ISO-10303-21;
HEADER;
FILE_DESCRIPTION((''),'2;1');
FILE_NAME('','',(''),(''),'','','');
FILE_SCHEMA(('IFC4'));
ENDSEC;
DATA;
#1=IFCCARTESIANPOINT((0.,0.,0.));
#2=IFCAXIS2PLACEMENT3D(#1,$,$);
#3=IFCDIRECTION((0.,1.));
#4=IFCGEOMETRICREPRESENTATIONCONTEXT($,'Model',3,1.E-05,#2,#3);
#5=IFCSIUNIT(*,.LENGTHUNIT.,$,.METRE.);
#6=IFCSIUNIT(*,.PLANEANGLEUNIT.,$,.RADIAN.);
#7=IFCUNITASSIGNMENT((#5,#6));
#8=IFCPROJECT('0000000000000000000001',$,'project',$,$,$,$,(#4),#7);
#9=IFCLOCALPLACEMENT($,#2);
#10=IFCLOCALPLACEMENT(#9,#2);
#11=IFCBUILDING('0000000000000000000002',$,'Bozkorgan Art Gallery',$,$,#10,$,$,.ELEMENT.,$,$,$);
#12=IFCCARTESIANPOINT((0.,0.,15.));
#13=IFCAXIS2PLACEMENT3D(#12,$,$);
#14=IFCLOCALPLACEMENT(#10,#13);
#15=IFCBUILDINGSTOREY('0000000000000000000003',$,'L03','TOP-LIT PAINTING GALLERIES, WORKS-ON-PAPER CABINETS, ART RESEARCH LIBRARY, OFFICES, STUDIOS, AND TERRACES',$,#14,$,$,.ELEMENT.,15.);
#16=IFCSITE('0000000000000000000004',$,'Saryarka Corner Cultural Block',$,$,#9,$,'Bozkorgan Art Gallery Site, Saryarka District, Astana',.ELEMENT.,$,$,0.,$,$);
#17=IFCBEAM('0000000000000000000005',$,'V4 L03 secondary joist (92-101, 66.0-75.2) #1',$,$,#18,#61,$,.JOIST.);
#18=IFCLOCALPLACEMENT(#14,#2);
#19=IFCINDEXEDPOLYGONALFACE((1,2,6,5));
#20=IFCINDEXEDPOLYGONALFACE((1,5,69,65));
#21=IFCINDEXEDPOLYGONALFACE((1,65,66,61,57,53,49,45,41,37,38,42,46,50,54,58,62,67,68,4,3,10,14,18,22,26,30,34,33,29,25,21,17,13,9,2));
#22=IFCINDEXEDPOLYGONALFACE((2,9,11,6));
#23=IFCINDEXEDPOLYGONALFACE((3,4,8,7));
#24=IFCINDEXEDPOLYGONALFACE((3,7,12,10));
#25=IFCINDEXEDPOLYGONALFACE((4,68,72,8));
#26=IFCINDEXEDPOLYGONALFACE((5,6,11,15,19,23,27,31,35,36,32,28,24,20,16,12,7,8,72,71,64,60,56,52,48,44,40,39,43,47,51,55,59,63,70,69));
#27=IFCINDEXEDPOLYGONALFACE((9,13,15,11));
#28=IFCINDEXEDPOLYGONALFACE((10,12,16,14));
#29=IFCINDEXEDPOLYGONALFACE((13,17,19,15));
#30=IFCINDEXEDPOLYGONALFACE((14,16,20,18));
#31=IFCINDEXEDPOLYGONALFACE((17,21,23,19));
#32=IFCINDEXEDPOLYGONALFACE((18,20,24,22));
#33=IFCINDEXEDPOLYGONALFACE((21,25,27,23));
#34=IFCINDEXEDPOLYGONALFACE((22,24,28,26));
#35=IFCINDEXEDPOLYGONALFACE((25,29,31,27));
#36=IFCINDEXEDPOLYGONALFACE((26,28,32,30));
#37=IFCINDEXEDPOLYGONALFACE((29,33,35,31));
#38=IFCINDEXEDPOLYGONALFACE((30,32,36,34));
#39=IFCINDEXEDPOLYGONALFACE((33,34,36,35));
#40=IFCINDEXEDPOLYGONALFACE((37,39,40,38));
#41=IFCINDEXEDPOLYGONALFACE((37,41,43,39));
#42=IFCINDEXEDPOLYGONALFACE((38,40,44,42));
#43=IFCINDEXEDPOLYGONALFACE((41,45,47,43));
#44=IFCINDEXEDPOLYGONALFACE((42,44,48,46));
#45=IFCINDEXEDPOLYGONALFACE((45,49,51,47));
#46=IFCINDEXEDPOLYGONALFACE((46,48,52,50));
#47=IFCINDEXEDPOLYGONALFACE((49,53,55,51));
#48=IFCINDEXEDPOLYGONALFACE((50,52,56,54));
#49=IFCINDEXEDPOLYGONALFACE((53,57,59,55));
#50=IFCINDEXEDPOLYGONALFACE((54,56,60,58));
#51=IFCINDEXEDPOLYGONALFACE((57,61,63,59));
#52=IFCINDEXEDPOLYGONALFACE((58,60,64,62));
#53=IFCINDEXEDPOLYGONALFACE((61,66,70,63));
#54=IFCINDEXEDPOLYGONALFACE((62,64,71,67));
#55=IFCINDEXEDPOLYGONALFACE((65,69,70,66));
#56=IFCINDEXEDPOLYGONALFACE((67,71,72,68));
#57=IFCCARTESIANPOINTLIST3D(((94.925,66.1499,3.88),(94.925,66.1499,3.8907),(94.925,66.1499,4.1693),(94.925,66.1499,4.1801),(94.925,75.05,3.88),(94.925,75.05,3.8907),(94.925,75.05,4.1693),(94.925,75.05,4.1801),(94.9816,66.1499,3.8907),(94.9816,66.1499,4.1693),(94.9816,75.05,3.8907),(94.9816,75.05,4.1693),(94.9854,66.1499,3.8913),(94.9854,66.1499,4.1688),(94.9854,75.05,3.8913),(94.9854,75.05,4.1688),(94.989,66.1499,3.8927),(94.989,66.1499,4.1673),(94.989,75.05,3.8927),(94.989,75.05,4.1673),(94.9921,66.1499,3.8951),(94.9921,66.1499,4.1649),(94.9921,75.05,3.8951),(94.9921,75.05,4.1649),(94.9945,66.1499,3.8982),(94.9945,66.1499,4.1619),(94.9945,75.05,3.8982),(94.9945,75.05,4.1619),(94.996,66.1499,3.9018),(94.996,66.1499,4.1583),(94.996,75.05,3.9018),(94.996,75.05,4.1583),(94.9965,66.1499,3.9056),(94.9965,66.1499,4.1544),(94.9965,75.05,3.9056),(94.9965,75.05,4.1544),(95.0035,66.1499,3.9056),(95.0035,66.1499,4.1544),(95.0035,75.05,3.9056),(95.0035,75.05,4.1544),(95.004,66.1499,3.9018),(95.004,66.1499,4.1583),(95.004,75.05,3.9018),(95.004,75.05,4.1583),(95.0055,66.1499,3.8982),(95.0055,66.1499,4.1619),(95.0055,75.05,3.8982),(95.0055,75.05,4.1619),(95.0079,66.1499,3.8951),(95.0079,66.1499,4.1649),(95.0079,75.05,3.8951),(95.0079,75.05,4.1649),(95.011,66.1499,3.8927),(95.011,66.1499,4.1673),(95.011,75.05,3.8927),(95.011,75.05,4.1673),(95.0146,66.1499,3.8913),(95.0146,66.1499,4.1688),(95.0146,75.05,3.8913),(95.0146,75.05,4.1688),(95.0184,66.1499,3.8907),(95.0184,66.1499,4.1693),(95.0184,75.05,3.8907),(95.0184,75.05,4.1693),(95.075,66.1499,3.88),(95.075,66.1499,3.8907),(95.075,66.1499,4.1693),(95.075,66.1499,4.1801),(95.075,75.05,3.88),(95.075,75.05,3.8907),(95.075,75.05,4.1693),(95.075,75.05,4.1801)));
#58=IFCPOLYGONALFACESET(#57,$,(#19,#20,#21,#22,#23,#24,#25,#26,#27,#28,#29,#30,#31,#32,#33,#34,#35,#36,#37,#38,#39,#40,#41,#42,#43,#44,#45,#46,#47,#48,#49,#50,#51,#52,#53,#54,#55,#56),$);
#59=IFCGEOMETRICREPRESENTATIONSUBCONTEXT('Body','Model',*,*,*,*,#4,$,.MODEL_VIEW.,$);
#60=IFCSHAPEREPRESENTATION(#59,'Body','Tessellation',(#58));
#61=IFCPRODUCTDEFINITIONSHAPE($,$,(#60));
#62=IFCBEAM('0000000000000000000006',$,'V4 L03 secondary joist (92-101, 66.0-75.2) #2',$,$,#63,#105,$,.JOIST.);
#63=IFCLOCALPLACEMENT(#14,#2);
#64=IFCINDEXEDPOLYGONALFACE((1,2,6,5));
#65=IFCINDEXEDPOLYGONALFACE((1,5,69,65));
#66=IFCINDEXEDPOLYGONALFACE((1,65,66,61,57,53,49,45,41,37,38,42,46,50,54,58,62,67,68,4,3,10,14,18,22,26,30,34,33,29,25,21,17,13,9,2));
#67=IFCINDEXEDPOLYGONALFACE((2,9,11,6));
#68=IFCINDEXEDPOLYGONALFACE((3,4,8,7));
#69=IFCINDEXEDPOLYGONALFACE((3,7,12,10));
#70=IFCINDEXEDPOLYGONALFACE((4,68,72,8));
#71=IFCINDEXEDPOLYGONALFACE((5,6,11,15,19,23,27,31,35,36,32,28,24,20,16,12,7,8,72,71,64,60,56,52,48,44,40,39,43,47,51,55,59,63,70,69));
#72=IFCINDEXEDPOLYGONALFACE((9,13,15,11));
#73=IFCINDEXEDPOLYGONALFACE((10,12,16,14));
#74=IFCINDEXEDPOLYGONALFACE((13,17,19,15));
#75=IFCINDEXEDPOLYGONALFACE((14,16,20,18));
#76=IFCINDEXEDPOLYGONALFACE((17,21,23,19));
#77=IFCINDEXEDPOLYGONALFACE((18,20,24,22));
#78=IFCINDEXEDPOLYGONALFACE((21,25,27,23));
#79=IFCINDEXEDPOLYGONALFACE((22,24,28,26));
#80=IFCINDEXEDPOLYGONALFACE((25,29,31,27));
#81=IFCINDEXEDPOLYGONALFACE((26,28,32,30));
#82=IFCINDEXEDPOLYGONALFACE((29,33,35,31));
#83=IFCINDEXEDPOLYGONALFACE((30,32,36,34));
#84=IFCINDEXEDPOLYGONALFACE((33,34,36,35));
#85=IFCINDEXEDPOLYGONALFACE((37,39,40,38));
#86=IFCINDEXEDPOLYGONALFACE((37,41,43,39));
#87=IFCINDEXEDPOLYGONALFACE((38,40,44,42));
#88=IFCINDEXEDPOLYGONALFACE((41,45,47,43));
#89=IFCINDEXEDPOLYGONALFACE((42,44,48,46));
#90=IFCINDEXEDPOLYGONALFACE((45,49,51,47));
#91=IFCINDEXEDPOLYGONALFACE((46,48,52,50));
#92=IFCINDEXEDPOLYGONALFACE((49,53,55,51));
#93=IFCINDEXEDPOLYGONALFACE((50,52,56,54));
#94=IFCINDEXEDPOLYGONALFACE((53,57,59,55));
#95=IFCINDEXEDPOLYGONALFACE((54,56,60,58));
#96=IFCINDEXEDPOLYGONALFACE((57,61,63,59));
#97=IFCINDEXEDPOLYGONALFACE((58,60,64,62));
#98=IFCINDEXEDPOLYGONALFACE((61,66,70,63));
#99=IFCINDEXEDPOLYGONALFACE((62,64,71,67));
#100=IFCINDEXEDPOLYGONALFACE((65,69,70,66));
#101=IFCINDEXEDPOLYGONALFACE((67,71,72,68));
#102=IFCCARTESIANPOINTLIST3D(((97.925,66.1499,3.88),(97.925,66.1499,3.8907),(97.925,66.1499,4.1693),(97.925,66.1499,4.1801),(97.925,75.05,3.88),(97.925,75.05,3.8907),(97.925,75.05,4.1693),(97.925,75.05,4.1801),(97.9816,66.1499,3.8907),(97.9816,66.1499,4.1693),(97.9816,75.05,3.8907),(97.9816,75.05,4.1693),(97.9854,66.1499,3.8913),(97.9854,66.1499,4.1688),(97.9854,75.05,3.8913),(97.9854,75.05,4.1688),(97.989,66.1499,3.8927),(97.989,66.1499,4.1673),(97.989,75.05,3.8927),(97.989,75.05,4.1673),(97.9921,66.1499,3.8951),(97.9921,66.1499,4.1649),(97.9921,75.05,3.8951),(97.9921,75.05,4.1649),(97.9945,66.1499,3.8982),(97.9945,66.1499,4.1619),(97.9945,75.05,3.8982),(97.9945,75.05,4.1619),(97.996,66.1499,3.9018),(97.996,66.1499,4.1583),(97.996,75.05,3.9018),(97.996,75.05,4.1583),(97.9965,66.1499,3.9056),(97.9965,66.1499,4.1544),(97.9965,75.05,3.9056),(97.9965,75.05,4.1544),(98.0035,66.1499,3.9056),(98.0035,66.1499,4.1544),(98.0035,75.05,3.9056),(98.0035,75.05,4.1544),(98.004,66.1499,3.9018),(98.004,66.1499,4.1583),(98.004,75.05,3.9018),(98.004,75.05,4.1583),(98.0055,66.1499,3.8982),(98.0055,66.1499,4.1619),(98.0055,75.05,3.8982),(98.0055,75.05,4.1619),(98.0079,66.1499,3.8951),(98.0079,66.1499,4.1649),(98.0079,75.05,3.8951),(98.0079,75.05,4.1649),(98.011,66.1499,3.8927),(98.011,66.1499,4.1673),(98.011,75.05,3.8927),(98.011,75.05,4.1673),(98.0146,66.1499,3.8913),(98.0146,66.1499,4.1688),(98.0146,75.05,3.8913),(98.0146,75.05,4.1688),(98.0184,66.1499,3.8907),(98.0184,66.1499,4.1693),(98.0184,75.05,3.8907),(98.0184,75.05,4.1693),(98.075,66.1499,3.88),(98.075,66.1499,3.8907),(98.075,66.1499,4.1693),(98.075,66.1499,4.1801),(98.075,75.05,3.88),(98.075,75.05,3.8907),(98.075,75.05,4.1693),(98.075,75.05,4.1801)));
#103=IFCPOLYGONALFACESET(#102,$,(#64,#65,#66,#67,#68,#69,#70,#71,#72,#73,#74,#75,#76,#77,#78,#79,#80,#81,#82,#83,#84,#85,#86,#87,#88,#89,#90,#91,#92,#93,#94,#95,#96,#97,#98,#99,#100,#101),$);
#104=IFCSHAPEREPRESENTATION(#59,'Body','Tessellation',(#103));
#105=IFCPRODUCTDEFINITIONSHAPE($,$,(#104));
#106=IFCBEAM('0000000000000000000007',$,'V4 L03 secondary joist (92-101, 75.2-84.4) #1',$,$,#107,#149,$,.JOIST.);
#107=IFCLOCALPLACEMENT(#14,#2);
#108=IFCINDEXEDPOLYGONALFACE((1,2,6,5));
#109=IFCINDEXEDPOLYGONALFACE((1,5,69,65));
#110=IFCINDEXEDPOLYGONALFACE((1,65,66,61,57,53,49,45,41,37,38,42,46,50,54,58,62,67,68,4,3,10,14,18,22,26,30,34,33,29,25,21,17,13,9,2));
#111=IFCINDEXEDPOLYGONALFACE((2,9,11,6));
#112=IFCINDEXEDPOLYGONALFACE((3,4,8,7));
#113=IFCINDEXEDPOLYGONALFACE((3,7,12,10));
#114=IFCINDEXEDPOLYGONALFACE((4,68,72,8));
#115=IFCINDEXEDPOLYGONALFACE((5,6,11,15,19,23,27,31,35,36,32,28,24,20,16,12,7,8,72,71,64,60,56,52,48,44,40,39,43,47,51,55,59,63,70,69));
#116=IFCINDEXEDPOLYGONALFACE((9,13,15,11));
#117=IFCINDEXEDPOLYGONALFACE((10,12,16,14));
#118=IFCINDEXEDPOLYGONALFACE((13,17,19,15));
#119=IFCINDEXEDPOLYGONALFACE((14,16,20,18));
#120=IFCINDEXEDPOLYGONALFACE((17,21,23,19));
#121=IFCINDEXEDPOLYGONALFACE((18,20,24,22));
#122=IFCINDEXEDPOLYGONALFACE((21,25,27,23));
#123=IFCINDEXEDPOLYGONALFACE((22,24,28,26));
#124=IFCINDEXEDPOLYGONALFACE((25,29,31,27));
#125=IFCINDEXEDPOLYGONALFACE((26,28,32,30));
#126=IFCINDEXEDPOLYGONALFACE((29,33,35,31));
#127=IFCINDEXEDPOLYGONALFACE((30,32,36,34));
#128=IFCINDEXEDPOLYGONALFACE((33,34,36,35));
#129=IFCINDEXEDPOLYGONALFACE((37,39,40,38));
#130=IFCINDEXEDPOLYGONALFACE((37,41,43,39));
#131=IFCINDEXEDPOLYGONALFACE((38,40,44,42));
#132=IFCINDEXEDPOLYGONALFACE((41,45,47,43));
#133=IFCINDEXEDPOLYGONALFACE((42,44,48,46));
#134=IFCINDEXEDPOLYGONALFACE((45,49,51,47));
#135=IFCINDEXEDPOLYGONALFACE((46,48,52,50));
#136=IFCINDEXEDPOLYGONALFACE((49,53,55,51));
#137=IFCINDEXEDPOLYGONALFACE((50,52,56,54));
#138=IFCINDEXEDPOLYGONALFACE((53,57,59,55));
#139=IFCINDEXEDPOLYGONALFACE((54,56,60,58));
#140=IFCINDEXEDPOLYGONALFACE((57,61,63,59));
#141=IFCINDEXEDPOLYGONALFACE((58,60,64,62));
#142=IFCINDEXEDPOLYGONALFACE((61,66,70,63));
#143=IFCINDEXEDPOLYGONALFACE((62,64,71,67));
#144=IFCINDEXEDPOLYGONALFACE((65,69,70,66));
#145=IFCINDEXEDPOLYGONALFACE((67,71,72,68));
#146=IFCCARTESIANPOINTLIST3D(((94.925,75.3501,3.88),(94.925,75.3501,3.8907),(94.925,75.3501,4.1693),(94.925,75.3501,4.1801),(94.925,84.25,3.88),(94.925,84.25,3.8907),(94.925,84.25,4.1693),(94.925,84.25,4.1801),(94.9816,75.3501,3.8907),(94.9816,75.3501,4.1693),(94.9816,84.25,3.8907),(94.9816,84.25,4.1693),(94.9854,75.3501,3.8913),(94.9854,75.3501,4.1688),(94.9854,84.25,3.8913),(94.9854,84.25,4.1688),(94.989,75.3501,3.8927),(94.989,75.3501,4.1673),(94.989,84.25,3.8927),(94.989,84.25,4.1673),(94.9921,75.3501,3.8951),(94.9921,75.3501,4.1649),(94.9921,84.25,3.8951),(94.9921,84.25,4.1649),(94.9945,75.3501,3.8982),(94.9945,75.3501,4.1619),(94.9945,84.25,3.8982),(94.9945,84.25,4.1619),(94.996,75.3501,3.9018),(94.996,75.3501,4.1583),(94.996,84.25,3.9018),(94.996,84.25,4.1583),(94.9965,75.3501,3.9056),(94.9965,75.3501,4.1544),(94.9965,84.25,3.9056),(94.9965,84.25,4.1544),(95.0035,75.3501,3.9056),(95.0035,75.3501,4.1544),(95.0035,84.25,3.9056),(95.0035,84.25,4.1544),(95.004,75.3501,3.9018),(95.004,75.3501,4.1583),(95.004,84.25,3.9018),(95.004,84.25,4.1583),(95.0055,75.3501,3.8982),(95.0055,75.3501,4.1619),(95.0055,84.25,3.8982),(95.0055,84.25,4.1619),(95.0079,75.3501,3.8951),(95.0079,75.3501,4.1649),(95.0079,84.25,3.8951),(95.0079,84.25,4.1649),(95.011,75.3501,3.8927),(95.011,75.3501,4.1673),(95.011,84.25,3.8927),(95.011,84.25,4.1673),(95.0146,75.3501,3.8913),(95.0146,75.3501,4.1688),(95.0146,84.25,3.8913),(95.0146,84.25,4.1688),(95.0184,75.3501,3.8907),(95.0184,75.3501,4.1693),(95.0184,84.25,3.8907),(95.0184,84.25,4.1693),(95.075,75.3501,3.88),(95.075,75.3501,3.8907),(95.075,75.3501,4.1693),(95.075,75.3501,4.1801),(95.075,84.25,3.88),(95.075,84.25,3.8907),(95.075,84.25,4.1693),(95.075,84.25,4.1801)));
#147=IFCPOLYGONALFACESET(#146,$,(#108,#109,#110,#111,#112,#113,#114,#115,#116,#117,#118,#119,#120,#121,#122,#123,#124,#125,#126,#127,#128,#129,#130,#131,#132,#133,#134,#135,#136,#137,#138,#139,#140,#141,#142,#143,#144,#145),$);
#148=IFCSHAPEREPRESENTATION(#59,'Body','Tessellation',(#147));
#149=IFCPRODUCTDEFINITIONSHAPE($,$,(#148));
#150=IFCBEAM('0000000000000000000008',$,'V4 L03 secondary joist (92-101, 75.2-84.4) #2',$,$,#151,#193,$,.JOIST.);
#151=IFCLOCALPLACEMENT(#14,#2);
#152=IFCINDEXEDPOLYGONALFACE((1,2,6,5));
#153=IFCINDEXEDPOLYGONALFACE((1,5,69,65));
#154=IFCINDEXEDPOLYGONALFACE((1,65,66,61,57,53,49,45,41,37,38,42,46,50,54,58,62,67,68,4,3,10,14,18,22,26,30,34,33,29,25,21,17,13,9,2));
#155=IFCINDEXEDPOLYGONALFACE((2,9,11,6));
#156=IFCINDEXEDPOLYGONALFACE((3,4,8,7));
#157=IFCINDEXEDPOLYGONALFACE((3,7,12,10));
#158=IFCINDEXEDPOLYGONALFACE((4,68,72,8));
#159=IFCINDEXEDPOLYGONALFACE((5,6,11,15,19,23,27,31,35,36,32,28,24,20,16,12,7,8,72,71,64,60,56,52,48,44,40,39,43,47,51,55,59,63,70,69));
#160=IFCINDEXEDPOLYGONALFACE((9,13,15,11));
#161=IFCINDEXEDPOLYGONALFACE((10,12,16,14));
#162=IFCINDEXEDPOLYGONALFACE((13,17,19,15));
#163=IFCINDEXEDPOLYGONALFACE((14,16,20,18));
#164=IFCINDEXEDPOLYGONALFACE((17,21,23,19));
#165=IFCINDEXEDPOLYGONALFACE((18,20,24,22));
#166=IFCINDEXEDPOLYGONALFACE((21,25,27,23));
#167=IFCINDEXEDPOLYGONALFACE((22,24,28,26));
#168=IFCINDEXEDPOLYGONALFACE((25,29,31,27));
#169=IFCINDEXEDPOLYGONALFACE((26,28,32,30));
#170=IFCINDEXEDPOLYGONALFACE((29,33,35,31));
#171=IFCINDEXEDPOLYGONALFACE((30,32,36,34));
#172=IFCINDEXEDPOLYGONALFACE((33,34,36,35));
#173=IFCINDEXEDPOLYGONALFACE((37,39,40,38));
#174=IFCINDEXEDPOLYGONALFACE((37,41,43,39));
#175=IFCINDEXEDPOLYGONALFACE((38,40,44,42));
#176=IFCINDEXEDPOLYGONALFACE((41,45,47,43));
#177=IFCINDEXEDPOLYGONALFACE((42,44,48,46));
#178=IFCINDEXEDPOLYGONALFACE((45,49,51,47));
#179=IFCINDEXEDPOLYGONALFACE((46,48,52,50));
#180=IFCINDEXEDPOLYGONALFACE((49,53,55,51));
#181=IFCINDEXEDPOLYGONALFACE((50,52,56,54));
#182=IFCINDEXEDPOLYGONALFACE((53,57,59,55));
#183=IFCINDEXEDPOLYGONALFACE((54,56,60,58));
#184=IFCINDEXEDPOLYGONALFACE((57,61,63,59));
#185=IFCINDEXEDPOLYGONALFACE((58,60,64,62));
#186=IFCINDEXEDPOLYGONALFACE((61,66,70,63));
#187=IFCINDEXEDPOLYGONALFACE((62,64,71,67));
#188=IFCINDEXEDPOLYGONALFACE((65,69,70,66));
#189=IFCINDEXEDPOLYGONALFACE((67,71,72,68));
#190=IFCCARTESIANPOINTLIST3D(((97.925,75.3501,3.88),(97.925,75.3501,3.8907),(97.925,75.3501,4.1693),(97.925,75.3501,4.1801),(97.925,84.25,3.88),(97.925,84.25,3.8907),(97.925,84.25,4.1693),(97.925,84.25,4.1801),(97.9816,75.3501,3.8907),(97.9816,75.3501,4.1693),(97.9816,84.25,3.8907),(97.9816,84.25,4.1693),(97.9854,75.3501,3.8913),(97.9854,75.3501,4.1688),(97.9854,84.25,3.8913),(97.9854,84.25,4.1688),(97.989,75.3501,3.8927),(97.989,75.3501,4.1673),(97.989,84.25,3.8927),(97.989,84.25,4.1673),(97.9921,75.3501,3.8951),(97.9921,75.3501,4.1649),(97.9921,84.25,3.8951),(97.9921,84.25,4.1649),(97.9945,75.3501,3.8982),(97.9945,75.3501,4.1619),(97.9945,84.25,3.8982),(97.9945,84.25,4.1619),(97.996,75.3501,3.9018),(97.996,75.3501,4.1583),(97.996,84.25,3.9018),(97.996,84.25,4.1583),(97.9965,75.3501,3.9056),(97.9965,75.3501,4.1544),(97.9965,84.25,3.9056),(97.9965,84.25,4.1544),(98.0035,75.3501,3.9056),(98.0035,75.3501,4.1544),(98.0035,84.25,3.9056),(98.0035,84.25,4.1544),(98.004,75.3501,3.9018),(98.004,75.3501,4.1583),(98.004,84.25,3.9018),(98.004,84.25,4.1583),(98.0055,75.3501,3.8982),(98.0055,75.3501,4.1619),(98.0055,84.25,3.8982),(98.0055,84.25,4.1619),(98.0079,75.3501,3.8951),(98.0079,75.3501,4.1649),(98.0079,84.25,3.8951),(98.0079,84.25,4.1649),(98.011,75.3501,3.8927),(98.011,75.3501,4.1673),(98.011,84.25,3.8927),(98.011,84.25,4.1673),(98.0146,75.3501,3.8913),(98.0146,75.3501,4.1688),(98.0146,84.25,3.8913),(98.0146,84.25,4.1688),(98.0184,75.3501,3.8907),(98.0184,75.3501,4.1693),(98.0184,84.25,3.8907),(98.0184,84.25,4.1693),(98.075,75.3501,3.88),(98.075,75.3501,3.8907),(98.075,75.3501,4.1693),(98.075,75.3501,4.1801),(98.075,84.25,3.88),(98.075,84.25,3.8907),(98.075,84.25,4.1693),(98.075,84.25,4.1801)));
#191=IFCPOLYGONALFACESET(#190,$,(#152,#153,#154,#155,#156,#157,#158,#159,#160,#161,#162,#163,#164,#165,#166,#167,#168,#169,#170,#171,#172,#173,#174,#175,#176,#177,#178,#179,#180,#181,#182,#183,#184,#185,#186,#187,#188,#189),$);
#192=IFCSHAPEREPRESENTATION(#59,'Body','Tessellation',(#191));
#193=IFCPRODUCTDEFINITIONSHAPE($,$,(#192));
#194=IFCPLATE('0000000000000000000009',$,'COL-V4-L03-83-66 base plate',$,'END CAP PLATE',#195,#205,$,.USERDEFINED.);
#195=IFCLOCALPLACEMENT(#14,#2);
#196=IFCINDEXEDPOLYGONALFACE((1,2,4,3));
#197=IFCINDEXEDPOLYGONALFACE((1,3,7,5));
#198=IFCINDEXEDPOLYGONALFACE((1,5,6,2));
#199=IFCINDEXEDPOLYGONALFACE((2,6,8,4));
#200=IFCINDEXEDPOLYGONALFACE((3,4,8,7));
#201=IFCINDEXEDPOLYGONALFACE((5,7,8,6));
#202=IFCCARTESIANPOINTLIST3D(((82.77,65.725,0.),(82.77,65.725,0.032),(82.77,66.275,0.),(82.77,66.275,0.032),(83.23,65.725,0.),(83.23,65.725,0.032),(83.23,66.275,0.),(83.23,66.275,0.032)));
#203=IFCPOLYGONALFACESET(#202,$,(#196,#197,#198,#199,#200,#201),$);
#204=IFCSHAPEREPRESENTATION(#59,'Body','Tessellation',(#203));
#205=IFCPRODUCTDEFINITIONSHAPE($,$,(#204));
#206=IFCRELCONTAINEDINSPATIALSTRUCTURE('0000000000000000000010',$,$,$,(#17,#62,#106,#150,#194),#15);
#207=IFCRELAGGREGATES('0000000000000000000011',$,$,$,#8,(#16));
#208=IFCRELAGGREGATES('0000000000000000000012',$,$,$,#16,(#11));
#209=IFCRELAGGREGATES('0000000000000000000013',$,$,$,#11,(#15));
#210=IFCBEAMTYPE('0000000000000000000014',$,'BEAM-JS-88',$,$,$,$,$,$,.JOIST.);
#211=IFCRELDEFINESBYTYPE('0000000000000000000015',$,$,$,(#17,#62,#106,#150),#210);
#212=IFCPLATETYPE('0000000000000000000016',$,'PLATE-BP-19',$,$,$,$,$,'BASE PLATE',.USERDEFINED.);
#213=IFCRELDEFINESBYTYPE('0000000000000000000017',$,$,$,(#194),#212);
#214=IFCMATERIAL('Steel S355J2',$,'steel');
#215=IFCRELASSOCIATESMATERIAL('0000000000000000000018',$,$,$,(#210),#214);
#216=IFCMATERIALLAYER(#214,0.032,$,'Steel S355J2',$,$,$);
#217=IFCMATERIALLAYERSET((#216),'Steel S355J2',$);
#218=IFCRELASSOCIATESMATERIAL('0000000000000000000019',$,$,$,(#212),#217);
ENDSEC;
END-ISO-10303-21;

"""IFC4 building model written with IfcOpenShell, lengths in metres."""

from ifc_helpers import new_model, si_unit, direction, frame, origin, origin_2d, place, context, subcontext, project, spatial, rectangle, i_section, extrude, material, layer, layer_set, material_profile, profile_set, type_object, element, save


model = new_model("IFC4")

# Units and contexts
model_context = context("Model", 3, precision=1e-05, world=origin(), true_north=direction((0.0, 1.0)))
body_context = subcontext(model_context, "Body", "Model", "MODEL_VIEW")
ifc_project = project(units=[si_unit("LENGTHUNIT", "METRE"), si_unit("PLANEANGLEUNIT", "RADIAN")], contexts=[model_context])

# Site, building, storey
site_placement = place(None, origin())
site = spatial("IfcSite", under=ifc_project, at=site_placement, Name="Saryarka Corner Cultural Block", LongName="Bozkorgan Art Gallery Site, Saryarka District, Astana", CompositionType="ELEMENT", RefElevation=0.0)
building_placement = place(site_placement, origin())
building = spatial("IfcBuilding", under=site, at=building_placement, Name="Bozkorgan Art Gallery", CompositionType="ELEMENT")
storey_placement = place(building_placement, frame((0.0, 0.0, 15.0)))
storey = spatial("IfcBuildingStorey", under=building, at=storey_placement, Name="L03", Description="TOP-LIT PAINTING GALLERIES, WORKS-ON-PAPER CABINETS, ART RESEARCH LIBRARY, OFFICES, STUDIOS, AND TERRACES", CompositionType="ELEMENT", Elevation=15.0)

# Shared definitions
ifc_material_1 = material(Name="Steel S355J2", Category="steel")

# Beams
ifc_material_profile_1 = material_profile(ifc_material_1, i_section(OverallWidth=0.1499, OverallDepth=0.3, WebThickness=0.0071, FlangeThickness=0.0107, FilletRadius=0.0149, at=origin_2d()), Name="IPE 300")
ifc_profile_set_1 = profile_set([ifc_material_profile_1], Name="Steel S355J2")
beam_type_1 = type_object("IfcBeamType", Name="BEAM-JS-88", PredefinedType="JOIST", material=ifc_profile_set_1)
for number, where, z_axis, x_axis, name in (
    (1, (95.0, 66.1499, 4.03), (0.0, 1.0, 0.0), (-1.0, 0.0, 0.0), "V4 L03 secondary joist (92-101, 66.0-75.2) #1"),
    (2, (98.0, 66.1499, 4.03), (0.0, 1.0, 0.0), (-1.0, 0.0, 0.0), "V4 L03 secondary joist (92-101, 66.0-75.2) #2"),
):
    element("IfcBeam", number, at=place(storey_placement, frame(where, z_axis=z_axis, x_axis=x_axis)), inside=storey, type_object=beam_type_1, Name=name, PredefinedType="JOIST", context=body_context, shape_type="SweptSolid", body=[
        extrude(i_section(OverallWidth=0.1499, OverallDepth=0.3, WebThickness=0.0071, FlangeThickness=0.0107, FilletRadius=0.0149, at=origin_2d()), origin(), (0.0, 0.0, 1.0), 8.9001),
    ])
for number, where, z_axis, x_axis, name in (
    (3, (95.0, 75.3501, 4.03), (0.0, 1.0, 0.0), (-1.0, 0.0, 0.0), "V4 L03 secondary joist (92-101, 75.2-84.4) #1"),
    (4, (98.0, 75.3501, 4.03), (0.0, 1.0, 0.0), (-1.0, 0.0, 0.0), "V4 L03 secondary joist (92-101, 75.2-84.4) #2"),
):
    element("IfcBeam", number, at=place(storey_placement, frame(where, z_axis=z_axis, x_axis=x_axis)), inside=storey, type_object=beam_type_1, Name=name, PredefinedType="JOIST", context=body_context, shape_type="SweptSolid", body=[
        extrude(i_section(OverallWidth=0.1499, OverallDepth=0.3, WebThickness=0.0071, FlangeThickness=0.0107, FilletRadius=0.0149, at=origin_2d()), origin(), (0.0, 0.0, 1.0), 8.8999),
    ])

# Plate
ifc_layer_1 = layer(ifc_material_1, 0.032, Name="Steel S355J2")
ifc_layer_set_1 = layer_set([ifc_layer_1], Name="Steel S355J2")
plate_type = type_object("IfcPlateType", Name="PLATE-BP-19", ElementType="BASE PLATE", PredefinedType="USERDEFINED", material=ifc_layer_set_1)
for number, where, z_axis, x_axis, name in (
    (5, (83.0, 66.0, 0.0), (0.0, 0.0, 1.0), (1.0, 0.0, 0.0), "COL-V4-L03-83-66 base plate"),
):
    element("IfcPlate", number, at=place(storey_placement, frame(where, z_axis=z_axis, x_axis=x_axis)), inside=storey, type_object=plate_type, Name=name, ObjectType="END CAP PLATE", PredefinedType="USERDEFINED", context=body_context, shape_type="SweptSolid", body=[
        extrude(rectangle(XDim=0.46, YDim=0.55, at=origin_2d()), origin(), (0.0, 0.0, 1.0), 0.032),
    ])

save(model, "model.ifc")
